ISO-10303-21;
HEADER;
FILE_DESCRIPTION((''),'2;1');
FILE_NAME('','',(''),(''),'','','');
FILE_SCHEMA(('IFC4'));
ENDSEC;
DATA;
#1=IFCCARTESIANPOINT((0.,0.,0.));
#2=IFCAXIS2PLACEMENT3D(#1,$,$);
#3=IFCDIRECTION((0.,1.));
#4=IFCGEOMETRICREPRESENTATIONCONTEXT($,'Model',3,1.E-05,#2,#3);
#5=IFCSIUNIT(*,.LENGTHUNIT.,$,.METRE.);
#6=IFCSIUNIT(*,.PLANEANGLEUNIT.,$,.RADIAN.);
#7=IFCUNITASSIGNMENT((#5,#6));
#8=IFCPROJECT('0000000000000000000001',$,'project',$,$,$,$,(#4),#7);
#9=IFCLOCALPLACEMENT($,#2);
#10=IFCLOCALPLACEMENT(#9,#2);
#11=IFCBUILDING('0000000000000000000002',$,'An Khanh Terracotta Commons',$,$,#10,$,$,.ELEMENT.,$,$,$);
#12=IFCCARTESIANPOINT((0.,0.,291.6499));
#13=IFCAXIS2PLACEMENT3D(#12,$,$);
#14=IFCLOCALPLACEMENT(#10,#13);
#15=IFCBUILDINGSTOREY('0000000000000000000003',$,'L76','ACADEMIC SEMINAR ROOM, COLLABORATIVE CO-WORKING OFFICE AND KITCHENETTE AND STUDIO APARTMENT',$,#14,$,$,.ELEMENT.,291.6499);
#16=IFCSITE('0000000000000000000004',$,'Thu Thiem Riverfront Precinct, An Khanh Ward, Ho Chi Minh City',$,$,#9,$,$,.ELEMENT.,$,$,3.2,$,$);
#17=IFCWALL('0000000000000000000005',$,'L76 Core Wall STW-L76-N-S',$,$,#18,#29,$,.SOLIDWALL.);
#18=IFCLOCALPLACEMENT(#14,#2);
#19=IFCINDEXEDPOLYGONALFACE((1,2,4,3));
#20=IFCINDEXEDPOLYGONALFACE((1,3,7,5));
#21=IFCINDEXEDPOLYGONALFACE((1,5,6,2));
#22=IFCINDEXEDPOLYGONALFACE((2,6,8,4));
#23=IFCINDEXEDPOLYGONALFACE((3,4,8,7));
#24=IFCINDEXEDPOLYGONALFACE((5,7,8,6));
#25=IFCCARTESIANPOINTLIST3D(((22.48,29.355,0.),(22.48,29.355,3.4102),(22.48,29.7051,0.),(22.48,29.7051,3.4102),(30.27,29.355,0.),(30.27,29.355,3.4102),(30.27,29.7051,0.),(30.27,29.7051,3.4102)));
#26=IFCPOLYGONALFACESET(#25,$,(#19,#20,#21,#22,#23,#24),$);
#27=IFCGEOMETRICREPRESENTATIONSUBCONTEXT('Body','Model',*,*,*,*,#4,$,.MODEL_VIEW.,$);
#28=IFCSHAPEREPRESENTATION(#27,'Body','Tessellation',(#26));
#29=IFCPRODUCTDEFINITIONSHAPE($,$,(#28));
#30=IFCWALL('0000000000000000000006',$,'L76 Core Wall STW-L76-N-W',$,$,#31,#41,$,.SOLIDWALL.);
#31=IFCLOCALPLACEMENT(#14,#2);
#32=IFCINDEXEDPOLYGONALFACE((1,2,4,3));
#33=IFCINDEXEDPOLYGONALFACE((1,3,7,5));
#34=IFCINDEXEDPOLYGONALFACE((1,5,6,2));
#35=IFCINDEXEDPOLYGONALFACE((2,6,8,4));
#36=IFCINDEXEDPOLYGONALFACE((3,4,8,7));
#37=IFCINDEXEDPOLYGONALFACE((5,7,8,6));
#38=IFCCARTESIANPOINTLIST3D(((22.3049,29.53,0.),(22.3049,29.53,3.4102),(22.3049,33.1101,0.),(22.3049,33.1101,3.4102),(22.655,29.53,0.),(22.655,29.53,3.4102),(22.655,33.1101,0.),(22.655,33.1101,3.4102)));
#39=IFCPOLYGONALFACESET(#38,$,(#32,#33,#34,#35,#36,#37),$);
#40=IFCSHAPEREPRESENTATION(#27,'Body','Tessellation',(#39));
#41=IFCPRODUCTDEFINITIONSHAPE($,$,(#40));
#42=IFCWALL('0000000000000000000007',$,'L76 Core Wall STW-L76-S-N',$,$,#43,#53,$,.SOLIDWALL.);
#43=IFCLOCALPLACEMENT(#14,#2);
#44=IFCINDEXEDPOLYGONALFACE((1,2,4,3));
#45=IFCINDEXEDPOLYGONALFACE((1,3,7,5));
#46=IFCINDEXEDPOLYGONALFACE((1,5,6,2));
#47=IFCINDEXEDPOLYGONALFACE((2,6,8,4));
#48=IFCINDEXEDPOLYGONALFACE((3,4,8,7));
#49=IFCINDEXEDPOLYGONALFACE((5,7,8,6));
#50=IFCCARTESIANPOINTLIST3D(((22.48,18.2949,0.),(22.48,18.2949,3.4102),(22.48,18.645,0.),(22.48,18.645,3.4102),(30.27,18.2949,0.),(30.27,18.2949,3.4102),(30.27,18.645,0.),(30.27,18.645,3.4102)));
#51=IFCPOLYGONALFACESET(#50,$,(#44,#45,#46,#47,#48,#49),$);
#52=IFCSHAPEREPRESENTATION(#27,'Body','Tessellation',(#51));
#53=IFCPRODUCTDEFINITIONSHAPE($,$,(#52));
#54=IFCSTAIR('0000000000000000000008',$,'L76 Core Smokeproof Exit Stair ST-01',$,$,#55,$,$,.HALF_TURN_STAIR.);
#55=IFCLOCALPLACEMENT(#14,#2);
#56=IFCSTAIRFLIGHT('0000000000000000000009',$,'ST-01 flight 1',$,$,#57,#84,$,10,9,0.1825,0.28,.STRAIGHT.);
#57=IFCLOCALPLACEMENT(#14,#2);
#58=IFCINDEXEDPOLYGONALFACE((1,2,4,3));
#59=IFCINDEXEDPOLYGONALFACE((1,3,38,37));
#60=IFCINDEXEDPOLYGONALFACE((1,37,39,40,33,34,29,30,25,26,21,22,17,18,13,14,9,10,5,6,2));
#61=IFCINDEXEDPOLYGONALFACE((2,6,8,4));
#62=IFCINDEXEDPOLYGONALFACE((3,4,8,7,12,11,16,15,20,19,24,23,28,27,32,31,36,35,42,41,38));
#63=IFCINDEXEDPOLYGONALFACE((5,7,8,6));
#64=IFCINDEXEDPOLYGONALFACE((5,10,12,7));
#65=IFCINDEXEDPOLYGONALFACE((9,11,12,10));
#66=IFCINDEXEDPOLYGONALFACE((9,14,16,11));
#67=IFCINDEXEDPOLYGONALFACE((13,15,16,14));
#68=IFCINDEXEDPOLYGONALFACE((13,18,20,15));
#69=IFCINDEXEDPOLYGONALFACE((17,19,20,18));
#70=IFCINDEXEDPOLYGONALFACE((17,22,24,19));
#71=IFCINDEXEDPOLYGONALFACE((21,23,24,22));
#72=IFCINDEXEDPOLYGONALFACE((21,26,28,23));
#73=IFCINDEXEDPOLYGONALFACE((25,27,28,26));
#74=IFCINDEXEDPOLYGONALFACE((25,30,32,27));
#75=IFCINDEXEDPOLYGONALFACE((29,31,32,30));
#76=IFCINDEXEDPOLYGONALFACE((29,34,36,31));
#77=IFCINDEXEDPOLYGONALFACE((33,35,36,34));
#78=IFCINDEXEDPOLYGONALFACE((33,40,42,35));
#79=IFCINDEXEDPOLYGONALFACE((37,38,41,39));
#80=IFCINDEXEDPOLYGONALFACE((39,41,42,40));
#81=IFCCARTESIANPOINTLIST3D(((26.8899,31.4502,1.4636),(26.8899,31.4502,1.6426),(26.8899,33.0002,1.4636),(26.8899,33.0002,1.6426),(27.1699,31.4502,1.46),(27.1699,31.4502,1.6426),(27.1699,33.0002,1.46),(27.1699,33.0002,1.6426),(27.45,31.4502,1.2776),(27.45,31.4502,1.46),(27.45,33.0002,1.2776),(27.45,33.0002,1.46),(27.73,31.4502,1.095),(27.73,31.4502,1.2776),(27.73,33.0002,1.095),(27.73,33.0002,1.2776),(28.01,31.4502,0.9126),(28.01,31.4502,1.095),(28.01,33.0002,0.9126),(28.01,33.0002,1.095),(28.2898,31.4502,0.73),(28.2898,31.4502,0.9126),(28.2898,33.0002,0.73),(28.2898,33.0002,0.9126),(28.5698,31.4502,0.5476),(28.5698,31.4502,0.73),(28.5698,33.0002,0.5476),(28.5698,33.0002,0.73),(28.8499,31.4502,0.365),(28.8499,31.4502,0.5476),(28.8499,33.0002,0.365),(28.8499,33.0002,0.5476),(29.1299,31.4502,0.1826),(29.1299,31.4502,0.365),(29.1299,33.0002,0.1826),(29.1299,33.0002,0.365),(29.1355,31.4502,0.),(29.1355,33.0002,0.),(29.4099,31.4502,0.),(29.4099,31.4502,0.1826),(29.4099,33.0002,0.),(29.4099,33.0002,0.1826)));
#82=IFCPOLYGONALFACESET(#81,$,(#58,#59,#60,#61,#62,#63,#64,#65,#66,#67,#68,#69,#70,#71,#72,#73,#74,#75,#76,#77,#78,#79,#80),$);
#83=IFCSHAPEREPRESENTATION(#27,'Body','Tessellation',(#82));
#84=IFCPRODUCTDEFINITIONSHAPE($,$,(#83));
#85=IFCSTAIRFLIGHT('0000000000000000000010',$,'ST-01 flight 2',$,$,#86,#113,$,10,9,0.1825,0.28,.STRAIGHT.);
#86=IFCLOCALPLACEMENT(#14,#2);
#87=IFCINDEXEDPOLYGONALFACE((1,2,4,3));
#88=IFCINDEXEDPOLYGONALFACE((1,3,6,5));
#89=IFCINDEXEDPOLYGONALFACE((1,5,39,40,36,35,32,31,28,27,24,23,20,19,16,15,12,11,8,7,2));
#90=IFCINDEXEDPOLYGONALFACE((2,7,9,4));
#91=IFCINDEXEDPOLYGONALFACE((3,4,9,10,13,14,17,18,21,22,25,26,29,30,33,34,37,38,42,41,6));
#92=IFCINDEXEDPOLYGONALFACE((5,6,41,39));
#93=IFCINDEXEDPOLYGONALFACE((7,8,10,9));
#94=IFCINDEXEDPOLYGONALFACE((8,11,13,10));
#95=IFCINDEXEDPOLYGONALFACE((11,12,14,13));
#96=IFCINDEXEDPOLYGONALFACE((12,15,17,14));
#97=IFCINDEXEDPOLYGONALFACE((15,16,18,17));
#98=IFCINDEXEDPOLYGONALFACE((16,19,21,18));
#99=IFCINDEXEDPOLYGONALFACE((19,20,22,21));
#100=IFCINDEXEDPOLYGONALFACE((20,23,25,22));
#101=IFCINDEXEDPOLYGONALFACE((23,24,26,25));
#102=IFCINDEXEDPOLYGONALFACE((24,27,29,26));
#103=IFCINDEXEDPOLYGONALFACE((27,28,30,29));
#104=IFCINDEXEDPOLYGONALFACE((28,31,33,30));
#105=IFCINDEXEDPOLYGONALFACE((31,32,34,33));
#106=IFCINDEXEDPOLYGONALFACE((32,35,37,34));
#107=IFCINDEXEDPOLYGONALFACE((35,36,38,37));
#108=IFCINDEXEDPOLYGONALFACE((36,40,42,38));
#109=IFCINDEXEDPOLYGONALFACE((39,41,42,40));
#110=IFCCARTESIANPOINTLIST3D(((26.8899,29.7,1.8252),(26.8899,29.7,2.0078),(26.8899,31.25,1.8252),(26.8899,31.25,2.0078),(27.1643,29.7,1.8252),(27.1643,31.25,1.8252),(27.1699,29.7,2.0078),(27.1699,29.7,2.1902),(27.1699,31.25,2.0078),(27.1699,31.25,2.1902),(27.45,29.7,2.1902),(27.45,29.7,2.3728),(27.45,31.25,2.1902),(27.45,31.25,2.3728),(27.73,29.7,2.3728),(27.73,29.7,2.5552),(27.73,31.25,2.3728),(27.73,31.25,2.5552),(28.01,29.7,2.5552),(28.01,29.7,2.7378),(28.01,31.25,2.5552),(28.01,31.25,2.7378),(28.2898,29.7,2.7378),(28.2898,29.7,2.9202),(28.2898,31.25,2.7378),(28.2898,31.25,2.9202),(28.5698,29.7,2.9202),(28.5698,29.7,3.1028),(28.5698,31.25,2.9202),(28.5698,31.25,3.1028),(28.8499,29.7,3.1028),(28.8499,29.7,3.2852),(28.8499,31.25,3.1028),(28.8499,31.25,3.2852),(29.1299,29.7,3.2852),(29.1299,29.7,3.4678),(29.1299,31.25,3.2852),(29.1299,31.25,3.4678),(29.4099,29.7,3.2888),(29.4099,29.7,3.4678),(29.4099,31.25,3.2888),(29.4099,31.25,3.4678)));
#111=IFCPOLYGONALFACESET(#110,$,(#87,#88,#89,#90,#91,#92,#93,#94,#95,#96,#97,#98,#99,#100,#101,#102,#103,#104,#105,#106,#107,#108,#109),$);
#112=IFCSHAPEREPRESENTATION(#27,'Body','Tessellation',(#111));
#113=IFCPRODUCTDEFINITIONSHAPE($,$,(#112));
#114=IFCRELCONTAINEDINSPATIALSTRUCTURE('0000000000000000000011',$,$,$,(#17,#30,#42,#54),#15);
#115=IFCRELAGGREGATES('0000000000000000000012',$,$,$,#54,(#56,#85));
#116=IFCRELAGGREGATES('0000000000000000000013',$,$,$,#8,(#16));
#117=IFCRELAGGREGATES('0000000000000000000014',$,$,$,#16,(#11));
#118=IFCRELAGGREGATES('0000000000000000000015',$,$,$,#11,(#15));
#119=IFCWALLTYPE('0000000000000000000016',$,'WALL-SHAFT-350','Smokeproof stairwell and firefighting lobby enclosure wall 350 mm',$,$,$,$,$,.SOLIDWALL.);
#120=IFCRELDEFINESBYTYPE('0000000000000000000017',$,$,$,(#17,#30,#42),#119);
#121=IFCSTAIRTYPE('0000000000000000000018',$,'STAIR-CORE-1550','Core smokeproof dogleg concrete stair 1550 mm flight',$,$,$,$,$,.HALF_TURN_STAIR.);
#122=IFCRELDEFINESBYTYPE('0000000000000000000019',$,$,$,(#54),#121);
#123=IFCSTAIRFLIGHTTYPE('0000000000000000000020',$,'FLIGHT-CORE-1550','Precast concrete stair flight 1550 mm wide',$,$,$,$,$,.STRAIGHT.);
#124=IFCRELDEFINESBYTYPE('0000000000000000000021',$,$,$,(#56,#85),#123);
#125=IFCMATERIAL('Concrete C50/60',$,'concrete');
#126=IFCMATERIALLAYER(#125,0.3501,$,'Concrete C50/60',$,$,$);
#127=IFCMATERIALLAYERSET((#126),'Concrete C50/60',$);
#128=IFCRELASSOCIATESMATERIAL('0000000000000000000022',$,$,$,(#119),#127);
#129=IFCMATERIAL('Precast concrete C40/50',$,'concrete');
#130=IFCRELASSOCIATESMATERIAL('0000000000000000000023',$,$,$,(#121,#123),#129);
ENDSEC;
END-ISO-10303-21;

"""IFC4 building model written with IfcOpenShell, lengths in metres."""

from ifc_helpers import new_model, si_unit, direction, frame, frame_2d, origin, place, context, subcontext, project, spatial, polyline, rectangle, outline, extrude, material, layer, layer_set, type_object, element, aggregate, save


model = new_model("IFC4")

# Units and contexts
model_context = context("Model", 3, precision=1e-05, world=origin(), true_north=direction((0.0, 1.0)))
body_context = subcontext(model_context, "Body", "Model", "MODEL_VIEW")
ifc_project = project(units=[si_unit("LENGTHUNIT", "METRE"), si_unit("PLANEANGLEUNIT", "RADIAN")], contexts=[model_context])

# Site, building, storey
site_placement = place(None, origin())
site = spatial("IfcSite", under=ifc_project, at=site_placement, Name="Thu Thiem Riverfront Precinct, An Khanh Ward, Ho Chi Minh City", CompositionType="ELEMENT", RefElevation=3.2)
building_placement = place(site_placement, origin())
building = spatial("IfcBuilding", under=site, at=building_placement, Name="An Khanh Terracotta Commons", CompositionType="ELEMENT")
storey_placement = place(building_placement, frame((0.0, 0.0, 291.6499)))
storey = spatial("IfcBuildingStorey", under=building, at=storey_placement, Name="L76", Description="ACADEMIC SEMINAR ROOM, COLLABORATIVE CO-WORKING OFFICE AND KITCHENETTE AND STUDIO APARTMENT", CompositionType="ELEMENT", Elevation=291.6499)

# Shared definitions
ifc_material_1 = material(Name="Concrete C50/60", Category="concrete")

# Shared definitions
ifc_material_2 = material(Name="Precast concrete C40/50", Category="concrete")

# Walls
ifc_layer_1 = layer(ifc_material_1, 0.3501, Name="Concrete C50/60")
ifc_layer_set_1 = layer_set([ifc_layer_1], Name="Concrete C50/60")
wall_type_1 = type_object("IfcWallType", Name="WALL-SHAFT-350", Description="Smokeproof stairwell and firefighting lobby enclosure wall 350 mm", PredefinedType="SOLIDWALL", material=ifc_layer_set_1)
wall_1_placement = place(storey_placement, frame((22.48, 29.53, 0.0), z_axis=(0.0, 0.0, 1.0), x_axis=(1.0, 0.0, 0.0)))
element("IfcWall", 1, at=wall_1_placement, inside=storey, type_object=wall_type_1, Name="L76 Core Wall STW-L76-N-S", PredefinedType="SOLIDWALL", context=body_context, shape_type="SweptSolid", body=[
    extrude(rectangle(XDim=7.79, YDim=0.3501, at=frame_2d((3.895, 0.0))), origin(), (0.0, 0.0, 1.0), 3.4102),
])
wall_2_placement = place(storey_placement, frame((22.48, 29.53, 0.0), z_axis=(0.0, 0.0, 1.0), x_axis=(0.0, 1.0, 0.0)))
element("IfcWall", 2, at=wall_2_placement, inside=storey, type_object=wall_type_1, Name="L76 Core Wall STW-L76-N-W", PredefinedType="SOLIDWALL", context=body_context, shape_type="SweptSolid", body=[
    extrude(rectangle(XDim=3.5801, YDim=0.3501, at=frame_2d((1.79, 0.0))), origin(), (0.0, 0.0, 1.0), 3.4102),
])
wall_3_placement = place(storey_placement, frame((22.48, 18.47, 0.0), z_axis=(0.0, 0.0, 1.0), x_axis=(1.0, 0.0, 0.0)))
element("IfcWall", 3, at=wall_3_placement, inside=storey, type_object=wall_type_1, Name="L76 Core Wall STW-L76-S-N", PredefinedType="SOLIDWALL", context=body_context, shape_type="SweptSolid", body=[
    extrude(rectangle(XDim=7.79, YDim=0.3501, at=frame_2d((3.895, 0.0))), origin(), (0.0, 0.0, 1.0), 3.4102),
])

# Stair, stair flights
stair_type = type_object("IfcStairType", Name="STAIR-CORE-1550", Description="Core smokeproof dogleg concrete stair 1550 mm flight", PredefinedType="HALF_TURN_STAIR", material=ifc_material_2)
stair_placement = place(storey_placement, origin())
stair = element("IfcStair", 4, at=stair_placement, inside=storey, type_object=stair_type, Name="L76 Core Smokeproof Exit Stair ST-01", PredefinedType="HALF_TURN_STAIR")
stair_flight_type = type_object("IfcStairFlightType", Name="FLIGHT-CORE-1550", Description="Precast concrete stair flight 1550 mm wide", PredefinedType="STRAIGHT", material=ifc_material_2)
stair_flight_1_placement = place(storey_placement, frame((29.4099, 32.2251, 0.0), z_axis=(0.0, 0.0, 1.0), x_axis=(-1.0, 0.0, 0.0)))
stair_flight_1 = element("IfcStairFlight", 5, at=stair_flight_1_placement, type_object=stair_flight_type, Name="ST-01 flight 1", NumberOfRisers=10, NumberOfTreads=9, PredefinedType="STRAIGHT", RiserHeight=0.1825, TreadLength=0.28, context=body_context, shape_type="SweptSolid", body=[
    extrude(outline(polyline([(0.0, 0.0), (0.0, 0.1826), (0.28, 0.1826), (0.28, 0.365), (0.5601, 0.365), (0.5601, 0.5476), (0.8401, 0.5476), (0.8401, 0.73), (1.1201, 0.73), (1.1201, 0.9126), (1.3999, 0.9126), (1.3999, 1.095), (1.6799, 1.095), (1.6799, 1.2776), (1.96, 1.2776), (1.96, 1.46), (2.24, 1.46), (2.24, 1.6426), (2.52, 1.6426), (2.52, 1.825), (2.52, 1.4636), (0.2744, 0.0), (0.0, 0.0)])), frame((0.0, 0.7749, 0.0), z_axis=(0.0, -1.0, 0.0), x_axis=(1.0, 0.0, 0.0)), (0.0, 0.0, 1.0), 1.55),
])
stair_flight_2_placement = place(storey_placement, frame((26.8899, 30.4751, 1.8252), z_axis=(0.0, 0.0, 1.0), x_axis=(1.0, 0.0, 0.0)))
stair_flight_2 = element("IfcStairFlight", 6, at=stair_flight_2_placement, type_object=stair_flight_type, Name="ST-01 flight 2", NumberOfRisers=10, NumberOfTreads=9, PredefinedType="STRAIGHT", RiserHeight=0.1825, TreadLength=0.28, context=body_context, shape_type="SweptSolid", body=[
    extrude(outline(polyline([(0.0, 0.0), (0.0, 0.1826), (0.28, 0.1826), (0.28, 0.365), (0.5601, 0.365), (0.5601, 0.5476), (0.8401, 0.5476), (0.8401, 0.73), (1.1201, 0.73), (1.1201, 0.9126), (1.3999, 0.9126), (1.3999, 1.095), (1.6799, 1.095), (1.6799, 1.2776), (1.96, 1.2776), (1.96, 1.46), (2.24, 1.46), (2.24, 1.6426), (2.52, 1.6426), (2.52, 1.825), (2.52, 1.4636), (0.2744, 0.0), (0.0, 0.0)])), frame((0.0, 0.7749, 0.0), z_axis=(0.0, -1.0, 0.0), x_axis=(1.0, 0.0, 0.0)), (0.0, 0.0, 1.0), 1.55),
])
aggregate(stair, [stair_flight_1, stair_flight_2])

save(model, "model.ifc")
